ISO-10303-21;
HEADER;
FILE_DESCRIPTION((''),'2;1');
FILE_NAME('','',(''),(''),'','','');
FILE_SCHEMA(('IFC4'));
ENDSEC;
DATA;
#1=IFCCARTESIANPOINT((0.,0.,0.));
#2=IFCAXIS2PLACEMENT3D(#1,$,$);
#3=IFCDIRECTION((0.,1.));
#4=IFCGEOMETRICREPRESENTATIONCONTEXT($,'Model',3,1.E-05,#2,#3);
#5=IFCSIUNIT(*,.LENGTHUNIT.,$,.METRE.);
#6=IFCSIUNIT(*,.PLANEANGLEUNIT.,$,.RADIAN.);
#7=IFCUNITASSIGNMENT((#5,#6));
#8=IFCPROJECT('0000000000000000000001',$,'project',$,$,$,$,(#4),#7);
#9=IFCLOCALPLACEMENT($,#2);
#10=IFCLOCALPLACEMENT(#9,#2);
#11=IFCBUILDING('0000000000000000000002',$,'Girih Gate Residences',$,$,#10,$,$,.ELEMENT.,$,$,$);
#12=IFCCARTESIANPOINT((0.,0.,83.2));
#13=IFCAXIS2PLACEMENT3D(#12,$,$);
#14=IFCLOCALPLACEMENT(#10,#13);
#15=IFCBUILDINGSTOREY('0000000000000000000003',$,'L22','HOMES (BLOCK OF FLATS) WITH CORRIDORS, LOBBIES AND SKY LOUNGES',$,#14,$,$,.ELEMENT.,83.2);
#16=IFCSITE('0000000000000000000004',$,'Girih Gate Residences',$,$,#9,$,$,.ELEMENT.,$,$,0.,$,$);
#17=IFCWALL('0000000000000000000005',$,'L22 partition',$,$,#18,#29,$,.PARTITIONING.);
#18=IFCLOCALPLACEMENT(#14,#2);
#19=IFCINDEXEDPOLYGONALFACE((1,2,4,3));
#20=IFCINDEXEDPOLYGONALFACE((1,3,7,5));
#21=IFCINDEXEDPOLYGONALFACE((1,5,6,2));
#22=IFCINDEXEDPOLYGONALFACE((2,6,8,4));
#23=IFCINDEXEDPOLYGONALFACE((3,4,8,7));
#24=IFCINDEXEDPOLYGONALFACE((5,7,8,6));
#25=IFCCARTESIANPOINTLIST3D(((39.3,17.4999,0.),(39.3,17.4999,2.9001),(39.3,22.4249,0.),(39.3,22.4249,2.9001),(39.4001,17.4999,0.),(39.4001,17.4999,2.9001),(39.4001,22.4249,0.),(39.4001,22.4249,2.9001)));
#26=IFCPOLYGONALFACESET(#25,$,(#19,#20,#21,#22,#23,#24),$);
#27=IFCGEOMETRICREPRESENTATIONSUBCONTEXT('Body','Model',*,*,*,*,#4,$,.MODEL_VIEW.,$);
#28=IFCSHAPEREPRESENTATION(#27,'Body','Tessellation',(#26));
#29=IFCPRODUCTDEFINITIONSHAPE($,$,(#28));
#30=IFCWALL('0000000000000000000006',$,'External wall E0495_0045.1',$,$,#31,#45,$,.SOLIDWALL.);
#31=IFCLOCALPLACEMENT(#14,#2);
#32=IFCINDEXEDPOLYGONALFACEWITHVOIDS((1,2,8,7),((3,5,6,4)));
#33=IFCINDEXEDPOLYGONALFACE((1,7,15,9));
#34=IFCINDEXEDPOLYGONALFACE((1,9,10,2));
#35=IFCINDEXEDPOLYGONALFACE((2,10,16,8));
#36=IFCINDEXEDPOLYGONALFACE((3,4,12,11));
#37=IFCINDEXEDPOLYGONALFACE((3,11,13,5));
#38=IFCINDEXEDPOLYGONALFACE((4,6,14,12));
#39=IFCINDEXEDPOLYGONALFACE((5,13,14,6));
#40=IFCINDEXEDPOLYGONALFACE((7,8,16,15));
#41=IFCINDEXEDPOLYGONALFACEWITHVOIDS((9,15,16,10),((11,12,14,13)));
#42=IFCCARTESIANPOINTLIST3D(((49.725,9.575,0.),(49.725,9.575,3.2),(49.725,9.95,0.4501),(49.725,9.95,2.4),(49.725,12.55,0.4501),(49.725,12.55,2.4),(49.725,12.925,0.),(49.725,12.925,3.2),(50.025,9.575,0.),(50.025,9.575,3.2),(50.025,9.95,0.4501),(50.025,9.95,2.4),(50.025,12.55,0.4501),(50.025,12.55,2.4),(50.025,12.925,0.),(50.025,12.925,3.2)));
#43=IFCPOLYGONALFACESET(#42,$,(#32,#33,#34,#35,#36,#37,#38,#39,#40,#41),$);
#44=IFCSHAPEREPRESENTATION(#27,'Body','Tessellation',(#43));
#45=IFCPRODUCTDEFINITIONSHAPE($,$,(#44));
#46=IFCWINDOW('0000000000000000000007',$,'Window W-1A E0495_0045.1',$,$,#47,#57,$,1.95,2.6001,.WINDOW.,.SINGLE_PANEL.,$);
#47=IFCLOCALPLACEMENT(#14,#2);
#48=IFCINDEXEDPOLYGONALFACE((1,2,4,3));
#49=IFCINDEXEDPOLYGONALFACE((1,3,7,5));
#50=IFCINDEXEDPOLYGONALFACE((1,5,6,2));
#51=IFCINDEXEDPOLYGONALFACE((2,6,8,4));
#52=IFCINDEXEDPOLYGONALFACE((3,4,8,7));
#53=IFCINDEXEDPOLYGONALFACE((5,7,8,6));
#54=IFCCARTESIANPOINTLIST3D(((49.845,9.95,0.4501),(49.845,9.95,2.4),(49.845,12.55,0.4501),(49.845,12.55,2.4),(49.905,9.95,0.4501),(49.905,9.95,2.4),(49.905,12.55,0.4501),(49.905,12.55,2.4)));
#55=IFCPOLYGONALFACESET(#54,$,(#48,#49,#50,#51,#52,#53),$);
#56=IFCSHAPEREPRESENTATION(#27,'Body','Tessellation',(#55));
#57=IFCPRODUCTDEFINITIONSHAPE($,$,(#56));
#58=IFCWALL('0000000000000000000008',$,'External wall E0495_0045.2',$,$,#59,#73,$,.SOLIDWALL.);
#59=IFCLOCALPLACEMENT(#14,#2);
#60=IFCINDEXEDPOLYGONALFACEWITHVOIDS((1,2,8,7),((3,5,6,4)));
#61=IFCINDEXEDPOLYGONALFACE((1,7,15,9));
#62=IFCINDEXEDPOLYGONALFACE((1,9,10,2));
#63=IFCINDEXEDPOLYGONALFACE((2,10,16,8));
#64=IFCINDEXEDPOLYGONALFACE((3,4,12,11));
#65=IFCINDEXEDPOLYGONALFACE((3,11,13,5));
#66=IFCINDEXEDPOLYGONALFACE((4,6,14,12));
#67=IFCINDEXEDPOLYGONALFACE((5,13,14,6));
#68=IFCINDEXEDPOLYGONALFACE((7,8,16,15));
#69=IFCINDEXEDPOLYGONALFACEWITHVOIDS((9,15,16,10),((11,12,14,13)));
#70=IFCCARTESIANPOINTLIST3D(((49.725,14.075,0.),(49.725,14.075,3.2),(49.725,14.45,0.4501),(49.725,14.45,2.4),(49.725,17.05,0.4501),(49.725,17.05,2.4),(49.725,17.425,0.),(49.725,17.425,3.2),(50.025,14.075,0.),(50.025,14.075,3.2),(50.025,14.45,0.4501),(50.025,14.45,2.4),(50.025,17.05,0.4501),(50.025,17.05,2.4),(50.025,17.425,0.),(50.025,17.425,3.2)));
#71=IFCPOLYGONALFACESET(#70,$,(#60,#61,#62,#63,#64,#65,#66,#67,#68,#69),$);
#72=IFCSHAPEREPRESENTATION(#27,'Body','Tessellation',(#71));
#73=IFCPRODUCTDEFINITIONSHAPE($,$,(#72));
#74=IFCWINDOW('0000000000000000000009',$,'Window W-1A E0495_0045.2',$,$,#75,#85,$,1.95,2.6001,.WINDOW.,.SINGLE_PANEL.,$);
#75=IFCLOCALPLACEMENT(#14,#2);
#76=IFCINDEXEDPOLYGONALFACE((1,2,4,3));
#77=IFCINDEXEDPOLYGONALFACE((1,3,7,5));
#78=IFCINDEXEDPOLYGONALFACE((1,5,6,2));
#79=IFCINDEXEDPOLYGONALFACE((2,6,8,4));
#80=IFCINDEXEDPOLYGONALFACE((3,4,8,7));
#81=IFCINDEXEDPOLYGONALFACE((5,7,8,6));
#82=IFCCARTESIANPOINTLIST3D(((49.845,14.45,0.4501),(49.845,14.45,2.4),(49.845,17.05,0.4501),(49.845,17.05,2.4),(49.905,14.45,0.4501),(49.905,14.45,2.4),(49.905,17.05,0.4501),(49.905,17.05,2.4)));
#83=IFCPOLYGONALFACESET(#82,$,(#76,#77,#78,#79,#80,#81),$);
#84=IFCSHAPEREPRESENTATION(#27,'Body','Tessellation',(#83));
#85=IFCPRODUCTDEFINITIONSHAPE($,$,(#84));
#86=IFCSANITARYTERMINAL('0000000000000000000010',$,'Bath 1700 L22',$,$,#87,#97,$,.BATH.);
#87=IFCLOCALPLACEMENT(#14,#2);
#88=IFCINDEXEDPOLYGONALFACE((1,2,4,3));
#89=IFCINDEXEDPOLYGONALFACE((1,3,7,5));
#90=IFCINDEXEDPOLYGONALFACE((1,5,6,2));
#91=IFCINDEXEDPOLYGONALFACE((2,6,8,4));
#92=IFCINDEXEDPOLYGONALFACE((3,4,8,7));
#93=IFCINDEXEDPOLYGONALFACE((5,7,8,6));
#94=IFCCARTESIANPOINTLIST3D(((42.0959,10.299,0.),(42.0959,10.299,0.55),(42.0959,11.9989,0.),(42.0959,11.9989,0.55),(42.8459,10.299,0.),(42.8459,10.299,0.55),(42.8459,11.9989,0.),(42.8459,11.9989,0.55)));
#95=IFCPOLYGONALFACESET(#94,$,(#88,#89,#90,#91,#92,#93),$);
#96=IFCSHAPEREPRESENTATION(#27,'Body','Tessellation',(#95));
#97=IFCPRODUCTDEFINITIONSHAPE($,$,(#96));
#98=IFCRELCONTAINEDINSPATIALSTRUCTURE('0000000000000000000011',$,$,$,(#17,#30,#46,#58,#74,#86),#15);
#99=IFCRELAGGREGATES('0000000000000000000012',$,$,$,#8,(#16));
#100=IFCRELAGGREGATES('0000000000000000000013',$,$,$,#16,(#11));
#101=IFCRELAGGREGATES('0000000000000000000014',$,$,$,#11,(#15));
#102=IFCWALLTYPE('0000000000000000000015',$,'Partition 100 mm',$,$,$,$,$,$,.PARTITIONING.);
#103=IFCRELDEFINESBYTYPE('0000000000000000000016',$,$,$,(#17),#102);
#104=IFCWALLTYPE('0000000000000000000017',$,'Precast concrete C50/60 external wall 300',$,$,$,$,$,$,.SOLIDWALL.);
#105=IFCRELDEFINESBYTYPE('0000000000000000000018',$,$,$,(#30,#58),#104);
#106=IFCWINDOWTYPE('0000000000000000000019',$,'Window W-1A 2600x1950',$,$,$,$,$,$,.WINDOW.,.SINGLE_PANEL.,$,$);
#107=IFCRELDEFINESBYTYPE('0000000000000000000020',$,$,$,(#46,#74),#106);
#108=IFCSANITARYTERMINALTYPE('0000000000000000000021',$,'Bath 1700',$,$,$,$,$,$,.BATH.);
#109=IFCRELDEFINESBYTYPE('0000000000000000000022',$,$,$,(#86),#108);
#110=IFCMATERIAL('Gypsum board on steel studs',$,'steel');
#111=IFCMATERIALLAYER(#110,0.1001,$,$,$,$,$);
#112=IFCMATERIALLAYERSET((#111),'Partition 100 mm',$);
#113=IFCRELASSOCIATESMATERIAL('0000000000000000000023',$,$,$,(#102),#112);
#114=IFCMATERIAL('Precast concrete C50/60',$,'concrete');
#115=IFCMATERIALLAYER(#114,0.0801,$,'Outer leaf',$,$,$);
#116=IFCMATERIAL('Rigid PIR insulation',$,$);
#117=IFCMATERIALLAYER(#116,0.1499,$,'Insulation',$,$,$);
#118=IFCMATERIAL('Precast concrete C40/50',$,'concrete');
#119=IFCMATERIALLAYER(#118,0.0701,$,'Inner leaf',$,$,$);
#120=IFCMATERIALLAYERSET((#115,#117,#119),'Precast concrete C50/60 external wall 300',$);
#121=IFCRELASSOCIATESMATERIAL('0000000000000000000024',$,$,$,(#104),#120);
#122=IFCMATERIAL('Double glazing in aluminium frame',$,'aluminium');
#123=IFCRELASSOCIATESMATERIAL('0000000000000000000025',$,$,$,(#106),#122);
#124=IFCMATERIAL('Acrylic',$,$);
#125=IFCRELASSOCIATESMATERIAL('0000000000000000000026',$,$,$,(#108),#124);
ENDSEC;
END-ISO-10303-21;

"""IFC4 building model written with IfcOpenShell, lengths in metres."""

from ifc_helpers import new_model, si_unit, direction, frame, frame_2d, origin, origin_2d, place, context, subcontext, project, spatial, rectangle, extrude, material, layer, layer_set, type_object, element, fill, save


model = new_model("IFC4")

# Units and contexts
model_context = context("Model", 3, precision=1e-05, world=origin(), true_north=direction((0.0, 1.0)))
body_context = subcontext(model_context, "Body", "Model", "MODEL_VIEW")
ifc_project = project(units=[si_unit("LENGTHUNIT", "METRE"), si_unit("PLANEANGLEUNIT", "RADIAN")], contexts=[model_context])

# Site, building, storey
site_placement = place(None, origin())
site = spatial("IfcSite", under=ifc_project, at=site_placement, Name="Girih Gate Residences", CompositionType="ELEMENT", RefElevation=0.0)
building_placement = place(site_placement, origin())
building = spatial("IfcBuilding", under=site, at=building_placement, Name="Girih Gate Residences", CompositionType="ELEMENT")
storey_placement = place(building_placement, frame((0.0, 0.0, 83.2)))
storey = spatial("IfcBuildingStorey", under=building, at=storey_placement, Name="L22", Description="HOMES (BLOCK OF FLATS) WITH CORRIDORS, LOBBIES AND SKY LOUNGES", CompositionType="ELEMENT", Elevation=83.2)

# Shared definitions
ifc_material_1 = material(Name="Gypsum board on steel studs", Category="steel")

# Shared definitions
ifc_layer_1 = layer(ifc_material_1, 0.1001)
ifc_layer_set_1 = layer_set([ifc_layer_1], Name="Partition 100 mm")
wall_type_1 = type_object("IfcWallType", Name="Partition 100 mm", PredefinedType="PARTITIONING", material=ifc_layer_set_1)

# Wall
wall_1_placement = place(storey_placement, frame((39.3501, 17.5, 0.0), z_axis=(0.0, 0.0, 1.0), x_axis=(0.0, 1.0, 0.0)))
element("IfcWall", 1, at=wall_1_placement, inside=storey, type_object=wall_type_1, Name="L22 partition", PredefinedType="PARTITIONING", context=body_context, shape_type="SweptSolid", body=[
    extrude(rectangle(XDim=4.925, YDim=0.1001, at=frame_2d((2.4624, 0.0))), origin(), (0.0, 0.0, 1.0), 2.9001),
])

# Walls, openings, windows
ifc_material_2 = material(Name="Precast concrete C50/60", Category="concrete")
ifc_layer_2 = layer(ifc_material_2, 0.0801, Name="Outer leaf")
ifc_material_3 = material(Name="Rigid PIR insulation")
ifc_layer_3 = layer(ifc_material_3, 0.1499, Name="Insulation")
ifc_material_4 = material(Name="Precast concrete C40/50", Category="concrete")
ifc_layer_4 = layer(ifc_material_4, 0.0701, Name="Inner leaf")
ifc_layer_set_2 = layer_set([ifc_layer_2, ifc_layer_3, ifc_layer_4], Name="Precast concrete C50/60 external wall 300")
wall_type_2 = type_object("IfcWallType", Name="Precast concrete C50/60 external wall 300", PredefinedType="SOLIDWALL", material=ifc_layer_set_2)
wall_2_placement = place(storey_placement, frame((49.875, 12.925, 0.0), z_axis=(0.0, 0.0, 1.0), x_axis=(0.0, -1.0, 0.0)))
wall_2 = element("IfcWall", 2, at=wall_2_placement, inside=storey, type_object=wall_type_2, Name="External wall E0495_0045.1", PredefinedType="SOLIDWALL", context=body_context, shape_type="SweptSolid", body=[
    extrude(rectangle(XDim=3.3501, YDim=0.3, at=frame_2d((1.675, 0.0))), origin(), (0.0, 0.0, 1.0), 3.2),
])
opening_1_placement = place(wall_2_placement, frame((0.375, 0.0, 0.45)))
opening_1 = element("IfcOpeningElement", 3, at=opening_1_placement, cuts=wall_2, PredefinedType="OPENING", context=body_context, shape_type="SweptSolid", body=[
    extrude(rectangle(XDim=2.6001, YDim=1.95, at=frame_2d((1.3, 0.9751))), frame((0.0, 0.1599, 0.0), z_axis=(0.0, -1.0, 0.0), x_axis=(1.0, 0.0, 0.0)), (0.0, 0.0, 1.0), 0.3201),
])
ifc_material_5 = material(Name="Double glazing in aluminium frame", Category="aluminium")
window_type = type_object("IfcWindowType", Name="Window W-1A 2600x1950", PartitioningType="SINGLE_PANEL", PredefinedType="WINDOW", material=ifc_material_5)
window_1_placement = place(opening_1_placement, origin())
window_1 = element("IfcWindow", 4, at=window_1_placement, inside=storey, type_object=window_type, Name="Window W-1A E0495_0045.1", OverallHeight=1.95, OverallWidth=2.6001, PartitioningType="SINGLE_PANEL", PredefinedType="WINDOW", context=body_context, shape_type="SweptSolid", body=[
    extrude(rectangle(XDim=2.6001, YDim=1.95, at=frame_2d((1.3, 0.9751))), frame((0.0, 0.03, 0.0), z_axis=(0.0, -1.0, 0.0), x_axis=(1.0, 0.0, 0.0)), (0.0, 0.0, 1.0), 0.0601),
])
fill(opening_1, window_1)
wall_3_placement = place(storey_placement, frame((49.875, 17.425, 0.0), z_axis=(0.0, 0.0, 1.0), x_axis=(0.0, -1.0, 0.0)))
wall_3 = element("IfcWall", 5, at=wall_3_placement, inside=storey, type_object=wall_type_2, Name="External wall E0495_0045.2", PredefinedType="SOLIDWALL", context=body_context, shape_type="SweptSolid", body=[
    extrude(rectangle(XDim=3.3501, YDim=0.3, at=frame_2d((1.675, 0.0))), origin(), (0.0, 0.0, 1.0), 3.2),
])
opening_2_placement = place(wall_3_placement, frame((0.375, 0.0, 0.45)))
opening_2 = element("IfcOpeningElement", 6, at=opening_2_placement, cuts=wall_3, PredefinedType="OPENING", context=body_context, shape_type="SweptSolid", body=[
    extrude(rectangle(XDim=2.6001, YDim=1.95, at=frame_2d((1.3, 0.9751))), frame((0.0, 0.1599, 0.0), z_axis=(0.0, -1.0, 0.0), x_axis=(1.0, 0.0, 0.0)), (0.0, 0.0, 1.0), 0.3201),
])
window_2_placement = place(opening_2_placement, origin())
window_2 = element("IfcWindow", 7, at=window_2_placement, inside=storey, type_object=window_type, Name="Window W-1A E0495_0045.2", OverallHeight=1.95, OverallWidth=2.6001, PartitioningType="SINGLE_PANEL", PredefinedType="WINDOW", context=body_context, shape_type="SweptSolid", body=[
    extrude(rectangle(XDim=2.6001, YDim=1.95, at=frame_2d((1.3, 0.9751))), frame((0.0, 0.03, 0.0), z_axis=(0.0, -1.0, 0.0), x_axis=(1.0, 0.0, 0.0)), (0.0, 0.0, 1.0), 0.0601),
])
fill(opening_2, window_2)

# Sanitary terminal
ifc_material_6 = material(Name="Acrylic")
sanitary_terminal_type = type_object("IfcSanitaryTerminalType", Name="Bath 1700", PredefinedType="BATH", material=ifc_material_6)
sanitary_terminal_placement = place(storey_placement, frame((42.4709, 11.1489, 0.0), z_axis=(0.0, 0.0, 1.0), x_axis=(1.0, 0.0, 0.0)))
element("IfcSanitaryTerminal", 8, at=sanitary_terminal_placement, inside=storey, type_object=sanitary_terminal_type, Name="Bath 1700 L22", PredefinedType="BATH", context=body_context, shape_type="SweptSolid", body=[
    extrude(rectangle(XDim=0.75, YDim=1.7, at=origin_2d()), origin(), (0.0, 0.0, 1.0), 0.55),
])

save(model, "model.ifc")
